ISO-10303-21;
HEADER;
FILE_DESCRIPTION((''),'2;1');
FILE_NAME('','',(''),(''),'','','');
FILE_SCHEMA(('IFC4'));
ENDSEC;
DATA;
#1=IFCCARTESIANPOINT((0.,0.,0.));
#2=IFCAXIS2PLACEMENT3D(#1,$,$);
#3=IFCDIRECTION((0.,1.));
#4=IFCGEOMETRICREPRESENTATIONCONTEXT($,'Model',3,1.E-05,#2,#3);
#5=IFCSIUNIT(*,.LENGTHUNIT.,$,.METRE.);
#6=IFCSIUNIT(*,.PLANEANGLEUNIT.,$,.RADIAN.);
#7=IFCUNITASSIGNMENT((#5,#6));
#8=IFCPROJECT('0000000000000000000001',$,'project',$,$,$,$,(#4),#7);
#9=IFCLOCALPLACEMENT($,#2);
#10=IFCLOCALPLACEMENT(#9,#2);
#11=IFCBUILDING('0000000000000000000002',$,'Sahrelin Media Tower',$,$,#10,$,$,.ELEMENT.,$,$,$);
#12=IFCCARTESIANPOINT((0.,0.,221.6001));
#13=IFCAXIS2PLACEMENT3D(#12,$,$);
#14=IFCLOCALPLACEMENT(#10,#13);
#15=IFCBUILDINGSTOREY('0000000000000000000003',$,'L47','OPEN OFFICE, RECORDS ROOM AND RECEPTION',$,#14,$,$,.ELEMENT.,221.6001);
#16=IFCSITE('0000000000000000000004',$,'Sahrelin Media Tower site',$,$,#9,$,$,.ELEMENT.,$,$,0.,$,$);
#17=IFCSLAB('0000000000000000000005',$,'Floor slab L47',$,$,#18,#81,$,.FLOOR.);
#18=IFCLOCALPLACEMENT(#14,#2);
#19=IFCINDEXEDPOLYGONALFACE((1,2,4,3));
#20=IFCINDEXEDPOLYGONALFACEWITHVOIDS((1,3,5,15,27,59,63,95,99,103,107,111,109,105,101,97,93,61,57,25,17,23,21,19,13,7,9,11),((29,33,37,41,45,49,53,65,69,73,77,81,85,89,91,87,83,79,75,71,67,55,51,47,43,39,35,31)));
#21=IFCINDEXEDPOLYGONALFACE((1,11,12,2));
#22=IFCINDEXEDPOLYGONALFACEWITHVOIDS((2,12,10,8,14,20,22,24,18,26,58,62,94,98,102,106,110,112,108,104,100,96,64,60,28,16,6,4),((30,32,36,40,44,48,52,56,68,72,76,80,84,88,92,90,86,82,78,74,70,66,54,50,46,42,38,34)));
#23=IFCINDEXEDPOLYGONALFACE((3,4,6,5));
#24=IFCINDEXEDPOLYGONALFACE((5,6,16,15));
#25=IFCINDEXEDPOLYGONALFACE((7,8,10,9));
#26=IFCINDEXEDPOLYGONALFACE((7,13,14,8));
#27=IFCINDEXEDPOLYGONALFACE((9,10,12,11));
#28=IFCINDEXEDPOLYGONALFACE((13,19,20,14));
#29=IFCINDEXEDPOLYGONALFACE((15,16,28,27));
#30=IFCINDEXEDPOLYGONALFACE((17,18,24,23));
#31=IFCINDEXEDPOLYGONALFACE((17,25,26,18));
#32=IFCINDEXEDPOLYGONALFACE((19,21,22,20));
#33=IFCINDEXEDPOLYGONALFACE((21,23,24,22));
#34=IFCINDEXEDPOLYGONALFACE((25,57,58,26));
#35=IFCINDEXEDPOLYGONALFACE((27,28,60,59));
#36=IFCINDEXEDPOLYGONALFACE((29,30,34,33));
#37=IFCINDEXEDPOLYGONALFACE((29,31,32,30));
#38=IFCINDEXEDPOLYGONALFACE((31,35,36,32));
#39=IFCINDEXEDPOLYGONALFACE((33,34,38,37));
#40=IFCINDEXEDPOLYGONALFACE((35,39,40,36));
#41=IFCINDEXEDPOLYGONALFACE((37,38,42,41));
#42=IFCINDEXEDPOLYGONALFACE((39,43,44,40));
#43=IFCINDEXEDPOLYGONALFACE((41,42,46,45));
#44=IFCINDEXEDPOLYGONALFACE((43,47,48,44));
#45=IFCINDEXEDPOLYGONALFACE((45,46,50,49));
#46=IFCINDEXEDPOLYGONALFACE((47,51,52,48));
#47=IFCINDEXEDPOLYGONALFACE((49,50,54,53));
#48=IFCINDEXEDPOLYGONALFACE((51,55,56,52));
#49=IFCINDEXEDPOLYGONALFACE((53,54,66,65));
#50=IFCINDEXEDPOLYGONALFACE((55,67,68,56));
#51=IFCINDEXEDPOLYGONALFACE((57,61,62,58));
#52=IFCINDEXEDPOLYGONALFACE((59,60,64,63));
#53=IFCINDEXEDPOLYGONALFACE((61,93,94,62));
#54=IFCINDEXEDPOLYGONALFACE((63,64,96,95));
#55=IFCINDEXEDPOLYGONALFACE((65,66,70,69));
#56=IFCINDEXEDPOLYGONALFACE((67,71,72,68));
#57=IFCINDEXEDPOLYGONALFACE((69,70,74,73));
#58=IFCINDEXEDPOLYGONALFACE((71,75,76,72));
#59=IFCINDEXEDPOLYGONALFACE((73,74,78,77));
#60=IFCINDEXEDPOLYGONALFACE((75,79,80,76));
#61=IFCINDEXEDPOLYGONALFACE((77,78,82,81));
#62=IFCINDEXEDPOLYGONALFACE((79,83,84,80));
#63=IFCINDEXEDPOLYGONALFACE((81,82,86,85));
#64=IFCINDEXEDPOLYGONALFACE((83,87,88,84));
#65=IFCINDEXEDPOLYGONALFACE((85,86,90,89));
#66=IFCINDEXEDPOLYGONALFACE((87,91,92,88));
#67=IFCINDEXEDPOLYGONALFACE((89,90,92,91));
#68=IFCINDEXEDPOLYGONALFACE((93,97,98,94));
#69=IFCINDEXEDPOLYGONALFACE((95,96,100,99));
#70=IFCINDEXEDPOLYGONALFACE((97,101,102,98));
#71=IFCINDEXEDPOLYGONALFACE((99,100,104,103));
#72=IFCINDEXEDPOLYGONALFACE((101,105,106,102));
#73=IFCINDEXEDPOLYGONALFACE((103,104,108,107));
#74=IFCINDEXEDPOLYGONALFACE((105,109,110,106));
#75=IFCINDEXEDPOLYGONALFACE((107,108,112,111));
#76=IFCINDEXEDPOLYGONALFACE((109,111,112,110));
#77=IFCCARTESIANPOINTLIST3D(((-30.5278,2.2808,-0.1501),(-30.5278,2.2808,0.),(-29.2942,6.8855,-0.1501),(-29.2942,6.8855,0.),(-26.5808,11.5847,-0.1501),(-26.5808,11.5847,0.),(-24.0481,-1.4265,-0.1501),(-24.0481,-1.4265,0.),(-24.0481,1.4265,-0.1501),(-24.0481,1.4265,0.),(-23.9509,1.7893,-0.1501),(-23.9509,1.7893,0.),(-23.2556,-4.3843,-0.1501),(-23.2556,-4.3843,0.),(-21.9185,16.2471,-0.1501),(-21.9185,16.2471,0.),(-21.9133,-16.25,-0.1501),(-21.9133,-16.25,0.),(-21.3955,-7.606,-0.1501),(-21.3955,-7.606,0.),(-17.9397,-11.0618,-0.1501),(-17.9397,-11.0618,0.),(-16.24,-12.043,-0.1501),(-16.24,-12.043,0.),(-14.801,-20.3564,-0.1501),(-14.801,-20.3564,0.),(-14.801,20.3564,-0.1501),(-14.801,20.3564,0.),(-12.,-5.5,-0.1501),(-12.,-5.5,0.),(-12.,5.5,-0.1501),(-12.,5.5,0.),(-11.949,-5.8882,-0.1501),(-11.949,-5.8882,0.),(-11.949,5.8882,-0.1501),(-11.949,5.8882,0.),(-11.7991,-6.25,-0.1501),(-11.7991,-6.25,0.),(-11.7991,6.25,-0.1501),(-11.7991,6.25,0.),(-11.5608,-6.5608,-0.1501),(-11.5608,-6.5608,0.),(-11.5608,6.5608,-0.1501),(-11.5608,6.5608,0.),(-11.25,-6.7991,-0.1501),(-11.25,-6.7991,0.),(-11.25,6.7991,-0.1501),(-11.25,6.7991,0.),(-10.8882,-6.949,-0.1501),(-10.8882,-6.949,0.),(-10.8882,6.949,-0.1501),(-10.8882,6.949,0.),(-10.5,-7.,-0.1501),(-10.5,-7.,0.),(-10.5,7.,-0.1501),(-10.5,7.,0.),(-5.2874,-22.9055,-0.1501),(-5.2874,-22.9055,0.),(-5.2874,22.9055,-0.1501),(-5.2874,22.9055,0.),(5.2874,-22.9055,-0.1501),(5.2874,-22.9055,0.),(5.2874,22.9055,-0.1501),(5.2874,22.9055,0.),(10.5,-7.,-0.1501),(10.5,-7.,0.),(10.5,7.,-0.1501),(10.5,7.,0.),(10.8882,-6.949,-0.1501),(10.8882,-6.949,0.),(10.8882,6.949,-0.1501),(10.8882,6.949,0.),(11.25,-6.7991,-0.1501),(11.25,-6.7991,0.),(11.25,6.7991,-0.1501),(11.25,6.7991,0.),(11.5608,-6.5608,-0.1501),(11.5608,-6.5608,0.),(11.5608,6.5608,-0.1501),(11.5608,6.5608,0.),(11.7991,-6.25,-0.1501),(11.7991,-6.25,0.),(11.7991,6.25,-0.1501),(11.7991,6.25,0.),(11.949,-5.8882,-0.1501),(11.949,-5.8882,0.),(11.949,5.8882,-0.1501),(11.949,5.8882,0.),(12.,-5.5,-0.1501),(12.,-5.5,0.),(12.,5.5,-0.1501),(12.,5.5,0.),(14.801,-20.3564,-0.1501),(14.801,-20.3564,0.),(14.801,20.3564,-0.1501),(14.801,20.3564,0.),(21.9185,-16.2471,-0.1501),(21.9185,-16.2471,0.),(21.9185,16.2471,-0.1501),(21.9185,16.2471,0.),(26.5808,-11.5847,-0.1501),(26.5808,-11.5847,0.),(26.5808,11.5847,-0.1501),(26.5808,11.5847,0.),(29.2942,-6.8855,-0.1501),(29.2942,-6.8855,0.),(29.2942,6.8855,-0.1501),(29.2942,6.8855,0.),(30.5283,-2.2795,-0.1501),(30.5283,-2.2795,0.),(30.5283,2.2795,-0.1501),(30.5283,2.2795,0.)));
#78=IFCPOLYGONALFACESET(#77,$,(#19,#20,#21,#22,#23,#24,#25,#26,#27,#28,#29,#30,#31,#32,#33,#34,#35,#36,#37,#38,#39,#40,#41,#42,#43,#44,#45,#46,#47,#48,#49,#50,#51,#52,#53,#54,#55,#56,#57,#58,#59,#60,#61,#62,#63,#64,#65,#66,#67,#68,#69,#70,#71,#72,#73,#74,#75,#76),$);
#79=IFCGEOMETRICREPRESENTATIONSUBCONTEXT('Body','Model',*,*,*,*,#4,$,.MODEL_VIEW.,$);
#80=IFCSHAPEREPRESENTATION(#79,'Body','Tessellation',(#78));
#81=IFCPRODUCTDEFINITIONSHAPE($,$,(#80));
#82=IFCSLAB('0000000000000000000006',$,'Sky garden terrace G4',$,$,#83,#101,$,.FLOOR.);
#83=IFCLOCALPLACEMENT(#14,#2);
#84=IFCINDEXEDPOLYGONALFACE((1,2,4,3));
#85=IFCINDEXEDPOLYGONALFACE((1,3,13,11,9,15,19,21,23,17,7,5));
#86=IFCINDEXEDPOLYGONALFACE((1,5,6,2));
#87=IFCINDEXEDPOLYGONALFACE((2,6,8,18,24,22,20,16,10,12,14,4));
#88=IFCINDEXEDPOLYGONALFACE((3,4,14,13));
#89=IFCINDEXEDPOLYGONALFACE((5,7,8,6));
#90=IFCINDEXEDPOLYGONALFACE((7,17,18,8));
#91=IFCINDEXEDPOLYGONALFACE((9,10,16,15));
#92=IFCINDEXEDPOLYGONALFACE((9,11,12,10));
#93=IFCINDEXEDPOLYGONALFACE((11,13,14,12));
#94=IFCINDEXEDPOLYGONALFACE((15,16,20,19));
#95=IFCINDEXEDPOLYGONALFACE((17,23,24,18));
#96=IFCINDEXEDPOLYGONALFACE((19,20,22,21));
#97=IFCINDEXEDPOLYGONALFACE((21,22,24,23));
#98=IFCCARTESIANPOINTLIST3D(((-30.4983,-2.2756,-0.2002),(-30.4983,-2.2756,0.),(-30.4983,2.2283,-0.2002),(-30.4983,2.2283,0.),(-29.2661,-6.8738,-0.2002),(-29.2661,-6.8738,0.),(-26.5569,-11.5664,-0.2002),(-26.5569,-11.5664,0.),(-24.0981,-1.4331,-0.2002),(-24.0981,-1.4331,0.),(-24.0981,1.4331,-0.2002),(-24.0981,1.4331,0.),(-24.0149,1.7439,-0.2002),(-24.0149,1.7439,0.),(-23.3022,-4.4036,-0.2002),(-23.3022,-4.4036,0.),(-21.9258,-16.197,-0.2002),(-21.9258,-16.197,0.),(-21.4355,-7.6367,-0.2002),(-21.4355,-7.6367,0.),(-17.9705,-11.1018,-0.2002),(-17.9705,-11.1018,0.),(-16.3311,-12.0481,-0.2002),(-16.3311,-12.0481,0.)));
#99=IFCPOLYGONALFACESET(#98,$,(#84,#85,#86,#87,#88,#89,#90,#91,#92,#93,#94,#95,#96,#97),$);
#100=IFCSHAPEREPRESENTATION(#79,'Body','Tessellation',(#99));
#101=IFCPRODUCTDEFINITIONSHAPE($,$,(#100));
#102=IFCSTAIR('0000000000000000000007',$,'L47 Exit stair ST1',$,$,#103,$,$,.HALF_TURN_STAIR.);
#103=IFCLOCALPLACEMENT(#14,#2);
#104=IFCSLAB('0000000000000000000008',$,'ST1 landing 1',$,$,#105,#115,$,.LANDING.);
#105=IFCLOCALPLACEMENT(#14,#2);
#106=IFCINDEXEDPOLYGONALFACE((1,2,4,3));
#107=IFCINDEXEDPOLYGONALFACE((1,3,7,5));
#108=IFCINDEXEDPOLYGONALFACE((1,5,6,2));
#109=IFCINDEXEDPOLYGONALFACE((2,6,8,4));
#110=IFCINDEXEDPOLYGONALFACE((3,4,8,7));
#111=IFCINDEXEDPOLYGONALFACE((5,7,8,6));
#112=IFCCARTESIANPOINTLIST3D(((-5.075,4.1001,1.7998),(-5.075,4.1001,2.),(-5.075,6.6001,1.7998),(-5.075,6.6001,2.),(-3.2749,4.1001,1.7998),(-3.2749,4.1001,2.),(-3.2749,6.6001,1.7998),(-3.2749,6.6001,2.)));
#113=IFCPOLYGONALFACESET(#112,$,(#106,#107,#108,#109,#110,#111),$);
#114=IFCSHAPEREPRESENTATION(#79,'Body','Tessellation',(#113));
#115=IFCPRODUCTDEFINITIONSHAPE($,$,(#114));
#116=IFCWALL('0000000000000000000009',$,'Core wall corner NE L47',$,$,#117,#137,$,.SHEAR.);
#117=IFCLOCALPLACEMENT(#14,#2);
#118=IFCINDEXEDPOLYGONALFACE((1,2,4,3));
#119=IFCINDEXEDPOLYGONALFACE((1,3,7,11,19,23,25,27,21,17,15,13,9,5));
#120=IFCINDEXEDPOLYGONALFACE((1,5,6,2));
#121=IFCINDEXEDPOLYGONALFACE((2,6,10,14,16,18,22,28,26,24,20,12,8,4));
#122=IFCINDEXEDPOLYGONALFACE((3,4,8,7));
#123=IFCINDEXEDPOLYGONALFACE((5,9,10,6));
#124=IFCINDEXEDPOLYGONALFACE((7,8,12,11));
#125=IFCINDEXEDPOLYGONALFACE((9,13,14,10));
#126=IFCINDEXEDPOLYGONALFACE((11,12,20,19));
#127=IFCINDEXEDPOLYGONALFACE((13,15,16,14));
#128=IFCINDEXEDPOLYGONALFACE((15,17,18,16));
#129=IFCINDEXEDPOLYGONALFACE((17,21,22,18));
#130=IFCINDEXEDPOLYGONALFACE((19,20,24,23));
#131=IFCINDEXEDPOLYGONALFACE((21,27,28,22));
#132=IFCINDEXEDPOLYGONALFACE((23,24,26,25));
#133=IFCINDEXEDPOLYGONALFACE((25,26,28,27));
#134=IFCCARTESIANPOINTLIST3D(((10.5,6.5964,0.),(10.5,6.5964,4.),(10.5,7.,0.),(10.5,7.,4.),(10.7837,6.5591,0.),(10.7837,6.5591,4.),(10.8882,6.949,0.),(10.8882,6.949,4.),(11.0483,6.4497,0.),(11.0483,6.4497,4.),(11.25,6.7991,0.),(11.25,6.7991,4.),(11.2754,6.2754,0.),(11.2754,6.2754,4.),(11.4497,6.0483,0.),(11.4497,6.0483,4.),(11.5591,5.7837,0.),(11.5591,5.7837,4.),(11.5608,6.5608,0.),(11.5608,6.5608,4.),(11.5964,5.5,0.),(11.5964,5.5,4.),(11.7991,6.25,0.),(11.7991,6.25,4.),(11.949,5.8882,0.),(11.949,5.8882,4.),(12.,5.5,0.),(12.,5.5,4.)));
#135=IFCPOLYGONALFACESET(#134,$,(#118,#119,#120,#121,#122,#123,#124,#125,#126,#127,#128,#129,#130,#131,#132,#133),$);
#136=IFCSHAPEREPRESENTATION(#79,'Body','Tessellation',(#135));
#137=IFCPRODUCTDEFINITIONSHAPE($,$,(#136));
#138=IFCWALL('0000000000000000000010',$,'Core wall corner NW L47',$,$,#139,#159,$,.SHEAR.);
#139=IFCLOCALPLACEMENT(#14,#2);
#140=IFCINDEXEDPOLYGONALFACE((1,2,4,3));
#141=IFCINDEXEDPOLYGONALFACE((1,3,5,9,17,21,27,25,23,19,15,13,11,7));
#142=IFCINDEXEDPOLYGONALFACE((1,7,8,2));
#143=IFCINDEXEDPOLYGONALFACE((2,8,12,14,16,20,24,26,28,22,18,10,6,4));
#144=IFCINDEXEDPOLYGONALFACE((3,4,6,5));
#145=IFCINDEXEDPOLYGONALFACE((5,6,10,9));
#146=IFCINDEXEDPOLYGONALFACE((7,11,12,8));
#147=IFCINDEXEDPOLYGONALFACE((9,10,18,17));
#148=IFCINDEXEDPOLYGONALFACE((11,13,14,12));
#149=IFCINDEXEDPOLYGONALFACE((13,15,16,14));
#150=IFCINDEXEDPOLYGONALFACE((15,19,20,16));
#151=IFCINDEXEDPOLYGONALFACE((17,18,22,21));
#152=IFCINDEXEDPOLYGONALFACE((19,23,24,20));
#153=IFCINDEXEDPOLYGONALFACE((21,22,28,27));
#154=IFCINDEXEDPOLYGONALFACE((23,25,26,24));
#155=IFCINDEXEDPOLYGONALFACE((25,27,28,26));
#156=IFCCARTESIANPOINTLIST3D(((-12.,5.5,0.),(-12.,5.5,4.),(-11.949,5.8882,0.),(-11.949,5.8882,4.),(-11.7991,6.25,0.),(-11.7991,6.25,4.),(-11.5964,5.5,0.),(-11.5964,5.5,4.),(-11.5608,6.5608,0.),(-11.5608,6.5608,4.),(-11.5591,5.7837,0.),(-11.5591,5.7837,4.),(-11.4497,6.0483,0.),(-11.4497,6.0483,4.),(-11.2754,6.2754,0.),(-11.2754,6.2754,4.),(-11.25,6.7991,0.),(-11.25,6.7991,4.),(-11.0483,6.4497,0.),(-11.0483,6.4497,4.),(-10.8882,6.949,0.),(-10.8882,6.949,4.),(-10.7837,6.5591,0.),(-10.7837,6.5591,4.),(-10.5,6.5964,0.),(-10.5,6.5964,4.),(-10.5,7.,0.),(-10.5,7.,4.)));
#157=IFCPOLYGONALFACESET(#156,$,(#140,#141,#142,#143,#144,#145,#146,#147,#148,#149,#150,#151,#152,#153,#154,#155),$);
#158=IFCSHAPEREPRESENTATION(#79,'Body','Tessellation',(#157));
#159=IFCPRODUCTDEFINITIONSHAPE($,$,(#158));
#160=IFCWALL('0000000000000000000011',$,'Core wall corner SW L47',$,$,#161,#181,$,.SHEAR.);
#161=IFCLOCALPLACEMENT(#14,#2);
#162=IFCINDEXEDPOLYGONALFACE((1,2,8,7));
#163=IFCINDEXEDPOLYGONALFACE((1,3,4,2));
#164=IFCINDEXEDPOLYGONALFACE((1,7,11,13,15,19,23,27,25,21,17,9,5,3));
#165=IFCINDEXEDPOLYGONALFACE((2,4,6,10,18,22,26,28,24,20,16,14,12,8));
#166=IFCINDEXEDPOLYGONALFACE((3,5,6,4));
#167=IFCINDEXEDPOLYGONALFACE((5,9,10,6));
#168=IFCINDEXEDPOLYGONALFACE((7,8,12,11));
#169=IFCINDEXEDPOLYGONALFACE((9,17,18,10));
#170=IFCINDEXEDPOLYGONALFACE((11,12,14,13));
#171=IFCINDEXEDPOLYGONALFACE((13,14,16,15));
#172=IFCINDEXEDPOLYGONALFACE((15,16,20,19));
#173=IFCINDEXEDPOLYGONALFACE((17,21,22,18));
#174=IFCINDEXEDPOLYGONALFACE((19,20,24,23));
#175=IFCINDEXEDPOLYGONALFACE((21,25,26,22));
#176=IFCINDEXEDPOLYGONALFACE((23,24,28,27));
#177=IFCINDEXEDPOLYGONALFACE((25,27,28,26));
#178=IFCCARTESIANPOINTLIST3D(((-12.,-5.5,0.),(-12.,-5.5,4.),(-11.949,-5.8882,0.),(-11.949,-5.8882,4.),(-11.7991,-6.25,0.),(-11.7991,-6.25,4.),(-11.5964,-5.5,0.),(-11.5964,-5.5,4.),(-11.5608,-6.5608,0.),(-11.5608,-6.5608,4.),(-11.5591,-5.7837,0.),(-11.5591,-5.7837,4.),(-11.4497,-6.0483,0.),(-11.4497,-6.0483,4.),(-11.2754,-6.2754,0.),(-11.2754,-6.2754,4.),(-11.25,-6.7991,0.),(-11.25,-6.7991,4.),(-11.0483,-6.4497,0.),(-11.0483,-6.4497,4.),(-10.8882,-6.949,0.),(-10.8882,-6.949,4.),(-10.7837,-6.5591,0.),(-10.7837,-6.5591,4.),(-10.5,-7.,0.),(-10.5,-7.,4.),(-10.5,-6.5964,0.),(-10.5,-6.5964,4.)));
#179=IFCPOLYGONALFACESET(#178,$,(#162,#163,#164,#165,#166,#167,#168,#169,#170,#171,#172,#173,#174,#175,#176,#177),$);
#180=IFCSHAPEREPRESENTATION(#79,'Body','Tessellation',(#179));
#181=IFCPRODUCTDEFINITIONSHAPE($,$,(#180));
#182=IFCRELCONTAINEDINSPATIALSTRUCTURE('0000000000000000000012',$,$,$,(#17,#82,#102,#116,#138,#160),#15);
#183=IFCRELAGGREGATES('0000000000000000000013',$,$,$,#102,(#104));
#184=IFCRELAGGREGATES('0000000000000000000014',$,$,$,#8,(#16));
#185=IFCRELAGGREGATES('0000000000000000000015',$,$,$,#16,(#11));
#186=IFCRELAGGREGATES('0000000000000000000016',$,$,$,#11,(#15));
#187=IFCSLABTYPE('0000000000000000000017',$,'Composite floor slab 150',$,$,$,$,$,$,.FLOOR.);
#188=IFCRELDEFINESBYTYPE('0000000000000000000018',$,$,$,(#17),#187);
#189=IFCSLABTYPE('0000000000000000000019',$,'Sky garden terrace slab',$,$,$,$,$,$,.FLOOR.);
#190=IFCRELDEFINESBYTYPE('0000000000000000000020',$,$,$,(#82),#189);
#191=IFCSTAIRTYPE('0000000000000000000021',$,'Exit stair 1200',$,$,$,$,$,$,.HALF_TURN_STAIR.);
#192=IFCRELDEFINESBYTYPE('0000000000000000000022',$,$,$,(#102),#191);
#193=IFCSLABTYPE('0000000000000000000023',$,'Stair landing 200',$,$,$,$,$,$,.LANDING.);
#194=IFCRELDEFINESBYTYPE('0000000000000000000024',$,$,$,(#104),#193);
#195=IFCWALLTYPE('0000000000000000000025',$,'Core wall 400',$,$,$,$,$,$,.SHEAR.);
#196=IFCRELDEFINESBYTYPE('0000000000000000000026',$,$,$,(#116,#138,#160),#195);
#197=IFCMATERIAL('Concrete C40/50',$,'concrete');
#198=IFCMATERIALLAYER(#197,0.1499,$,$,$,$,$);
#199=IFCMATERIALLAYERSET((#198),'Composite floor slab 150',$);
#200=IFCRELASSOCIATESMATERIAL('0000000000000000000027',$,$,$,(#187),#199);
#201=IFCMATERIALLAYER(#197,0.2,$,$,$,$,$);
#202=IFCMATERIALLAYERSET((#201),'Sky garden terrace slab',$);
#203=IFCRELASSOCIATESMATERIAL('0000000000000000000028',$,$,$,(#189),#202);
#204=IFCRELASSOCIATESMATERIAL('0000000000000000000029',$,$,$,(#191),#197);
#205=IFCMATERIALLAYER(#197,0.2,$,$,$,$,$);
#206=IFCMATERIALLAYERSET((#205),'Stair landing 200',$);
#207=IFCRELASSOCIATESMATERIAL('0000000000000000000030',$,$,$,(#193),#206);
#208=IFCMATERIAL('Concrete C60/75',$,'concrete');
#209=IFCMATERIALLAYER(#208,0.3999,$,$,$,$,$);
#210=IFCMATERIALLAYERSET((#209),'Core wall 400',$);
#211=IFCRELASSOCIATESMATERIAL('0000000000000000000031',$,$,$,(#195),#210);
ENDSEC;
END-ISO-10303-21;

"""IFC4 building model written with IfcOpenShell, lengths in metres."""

from ifc_helpers import new_model, si_unit, direction, frame, origin, place, context, subcontext, project, spatial, polyline, outline, extrude, material, layer, layer_set, type_object, element, aggregate, save


model = new_model("IFC4")

# Units and contexts
model_context = context("Model", 3, precision=1e-05, world=origin(), true_north=direction((0.0, 1.0)))
body_context = subcontext(model_context, "Body", "Model", "MODEL_VIEW")
ifc_project = project(units=[si_unit("LENGTHUNIT", "METRE"), si_unit("PLANEANGLEUNIT", "RADIAN")], contexts=[model_context])

# Site, building, storey
site_placement = place(None, origin())
site = spatial("IfcSite", under=ifc_project, at=site_placement, Name="Sahrelin Media Tower site", CompositionType="ELEMENT", RefElevation=0.0)
building_placement = place(site_placement, origin())
building = spatial("IfcBuilding", under=site, at=building_placement, Name="Sahrelin Media Tower", CompositionType="ELEMENT")
storey_placement = place(building_placement, frame((0.0, 0.0, 221.6001)))
storey = spatial("IfcBuildingStorey", under=building, at=storey_placement, Name="L47", Description="OPEN OFFICE, RECORDS ROOM AND RECEPTION", CompositionType="ELEMENT", Elevation=221.6001)

# Slabs
ifc_material_1 = material(Name="Concrete C40/50", Category="concrete")
ifc_layer_1 = layer(ifc_material_1, 0.1499)
ifc_layer_set_1 = layer_set([ifc_layer_1], Name="Composite floor slab 150")
slab_type_1 = type_object("IfcSlabType", Name="Composite floor slab 150", PredefinedType="FLOOR", material=ifc_layer_set_1)
slab_1_placement = place(storey_placement, frame((0.0, 0.0, -0.1501)))
element("IfcSlab", 1, at=slab_1_placement, inside=storey, type_object=slab_type_1, Name="Floor slab L47", PredefinedType="FLOOR", context=body_context, shape_type="SweptSolid", body=[
    extrude(outline(polyline([(29.2942, -6.8855), (30.5283, -2.2795), (30.5283, 2.2795), (29.2942, 6.8855), (26.5808, 11.5847), (21.9185, 16.2471), (14.801, 20.3564), (5.2874, 22.9055), (-5.2874, 22.9055), (-14.801, 20.3564), (-21.9185, 16.2471), (-26.5808, 11.5847), (-29.2942, 6.8855), (-30.5278, 2.2808), (-23.9509, 1.7893), (-24.0481, 1.4265), (-24.0481, -1.4265), (-23.2556, -4.3843), (-21.3955, -7.606), (-17.9397, -11.0618), (-16.24, -12.043), (-21.9133, -16.25), (-14.801, -20.3564), (-5.2874, -22.9055), (5.2874, -22.9055), (14.801, -20.3564), (21.9185, -16.2471), (26.5808, -11.5847), (29.2942, -6.8855)]), holes=[polyline([(11.7991, 6.25), (11.949, 5.8882), (12.0, 5.5), (12.0, -5.5), (11.949, -5.8882), (11.7991, -6.25), (11.5608, -6.5608), (11.25, -6.7991), (10.8882, -6.949), (10.5, -7.0), (-10.5, -7.0), (-10.8882, -6.949), (-11.25, -6.7991), (-11.5608, -6.5608), (-11.7991, -6.25), (-11.949, -5.8882), (-12.0, -5.5), (-12.0, 5.5), (-11.949, 5.8882), (-11.7991, 6.25), (-11.5608, 6.5608), (-11.25, 6.7991), (-10.8882, 6.949), (-10.5, 7.0), (10.5, 7.0), (10.8882, 6.949), (11.25, 6.7991), (11.5608, 6.5608), (11.7991, 6.25)])]), origin(), (0.0, 0.0, 1.0), 0.1501),
])
ifc_layer_2 = layer(ifc_material_1, 0.2)
ifc_layer_set_2 = layer_set([ifc_layer_2], Name="Sky garden terrace slab")
slab_type_2 = type_object("IfcSlabType", Name="Sky garden terrace slab", PredefinedType="FLOOR", material=ifc_layer_set_2)
slab_2_placement = place(storey_placement, frame((0.0, 0.0, -0.2002)))
element("IfcSlab", 2, at=slab_2_placement, inside=storey, type_object=slab_type_2, Name="Sky garden terrace G4", PredefinedType="FLOOR", context=body_context, shape_type="SweptSolid", body=[
    extrude(outline(polyline([(-29.2661, -6.8738), (-30.4983, -2.2756), (-30.4983, 2.2283), (-24.0149, 1.7439), (-24.0981, 1.4331), (-24.0981, -1.4331), (-23.3022, -4.4036), (-21.4355, -7.6367), (-17.9705, -11.1018), (-16.3311, -12.0481), (-21.9258, -16.197), (-26.5569, -11.5664), (-29.2661, -6.8738)])), origin(), (0.0, 0.0, 1.0), 0.2002),
])

# Stair, slab
stair_type = type_object("IfcStairType", Name="Exit stair 1200", PredefinedType="HALF_TURN_STAIR", material=ifc_material_1)
placement = place(storey_placement, origin())
stair = element("IfcStair", 3, at=placement, inside=storey, type_object=stair_type, Name="L47 Exit stair ST1", PredefinedType="HALF_TURN_STAIR")
ifc_layer_3 = layer(ifc_material_1, 0.2)
ifc_layer_set_3 = layer_set([ifc_layer_3], Name="Stair landing 200")
slab_type_3 = type_object("IfcSlabType", Name="Stair landing 200", PredefinedType="LANDING", material=ifc_layer_set_3)
slab_3_placement = place(storey_placement, frame((0.0, 0.0, 1.7998)))
slab_3 = element("IfcSlab", 4, at=slab_3_placement, type_object=slab_type_3, Name="ST1 landing 1", PredefinedType="LANDING", context=body_context, shape_type="SweptSolid", body=[
    extrude(outline(polyline([(-5.075, 4.1001), (-3.2749, 4.1001), (-3.2749, 6.6001), (-5.075, 6.6001), (-5.075, 4.1001)])), origin(), (0.0, 0.0, 1.0), 0.2002),
])
aggregate(stair, [slab_3])

# Walls
ifc_material_2 = material(Name="Concrete C60/75", Category="concrete")
ifc_layer_4 = layer(ifc_material_2, 0.3999)
ifc_layer_set_4 = layer_set([ifc_layer_4], Name="Core wall 400")
wall_type_1 = type_object("IfcWallType", Name="Core wall 400", PredefinedType="SHEAR", material=ifc_layer_set_4)
element("IfcWall", 5, at=placement, inside=storey, type_object=wall_type_1, Name="Core wall corner NE L47", PredefinedType="SHEAR", context=body_context, shape_type="SweptSolid", body=[
    extrude(outline(polyline([(10.5, 7.0), (10.5, 6.5964), (10.7837, 6.5591), (11.0483, 6.4497), (11.2754, 6.2754), (11.4497, 6.0483), (11.5591, 5.7837), (11.5964, 5.5), (12.0, 5.5), (11.949, 5.8882), (11.7991, 6.25), (11.5608, 6.5608), (11.25, 6.7991), (10.8882, 6.949), (10.5, 7.0)])), origin(), (0.0, 0.0, 1.0), 4.0),
])
element("IfcWall", 6, at=placement, inside=storey, type_object=wall_type_1, Name="Core wall corner NW L47", PredefinedType="SHEAR", context=body_context, shape_type="SweptSolid", body=[
    extrude(outline(polyline([(-12.0, 5.5), (-11.5964, 5.5), (-11.5591, 5.7837), (-11.4497, 6.0483), (-11.2754, 6.2754), (-11.0483, 6.4497), (-10.7837, 6.5591), (-10.5, 6.5964), (-10.5, 7.0), (-10.8882, 6.949), (-11.25, 6.7991), (-11.5608, 6.5608), (-11.7991, 6.25), (-11.949, 5.8882), (-12.0, 5.5)])), origin(), (0.0, 0.0, 1.0), 4.0),
])
element("IfcWall", 7, at=placement, inside=storey, type_object=wall_type_1, Name="Core wall corner SW L47", PredefinedType="SHEAR", context=body_context, shape_type="SweptSolid", body=[
    extrude(outline(polyline([(-10.5, -7.0), (-10.5, -6.5964), (-10.7837, -6.5591), (-11.0483, -6.4497), (-11.2754, -6.2754), (-11.4497, -6.0483), (-11.5591, -5.7837), (-11.5964, -5.5), (-12.0, -5.5), (-11.949, -5.8882), (-11.7991, -6.25), (-11.5608, -6.5608), (-11.25, -6.7991), (-10.8882, -6.949), (-10.5, -7.0)])), origin(), (0.0, 0.0, 1.0), 4.0),
])

save(model, "model.ifc")
